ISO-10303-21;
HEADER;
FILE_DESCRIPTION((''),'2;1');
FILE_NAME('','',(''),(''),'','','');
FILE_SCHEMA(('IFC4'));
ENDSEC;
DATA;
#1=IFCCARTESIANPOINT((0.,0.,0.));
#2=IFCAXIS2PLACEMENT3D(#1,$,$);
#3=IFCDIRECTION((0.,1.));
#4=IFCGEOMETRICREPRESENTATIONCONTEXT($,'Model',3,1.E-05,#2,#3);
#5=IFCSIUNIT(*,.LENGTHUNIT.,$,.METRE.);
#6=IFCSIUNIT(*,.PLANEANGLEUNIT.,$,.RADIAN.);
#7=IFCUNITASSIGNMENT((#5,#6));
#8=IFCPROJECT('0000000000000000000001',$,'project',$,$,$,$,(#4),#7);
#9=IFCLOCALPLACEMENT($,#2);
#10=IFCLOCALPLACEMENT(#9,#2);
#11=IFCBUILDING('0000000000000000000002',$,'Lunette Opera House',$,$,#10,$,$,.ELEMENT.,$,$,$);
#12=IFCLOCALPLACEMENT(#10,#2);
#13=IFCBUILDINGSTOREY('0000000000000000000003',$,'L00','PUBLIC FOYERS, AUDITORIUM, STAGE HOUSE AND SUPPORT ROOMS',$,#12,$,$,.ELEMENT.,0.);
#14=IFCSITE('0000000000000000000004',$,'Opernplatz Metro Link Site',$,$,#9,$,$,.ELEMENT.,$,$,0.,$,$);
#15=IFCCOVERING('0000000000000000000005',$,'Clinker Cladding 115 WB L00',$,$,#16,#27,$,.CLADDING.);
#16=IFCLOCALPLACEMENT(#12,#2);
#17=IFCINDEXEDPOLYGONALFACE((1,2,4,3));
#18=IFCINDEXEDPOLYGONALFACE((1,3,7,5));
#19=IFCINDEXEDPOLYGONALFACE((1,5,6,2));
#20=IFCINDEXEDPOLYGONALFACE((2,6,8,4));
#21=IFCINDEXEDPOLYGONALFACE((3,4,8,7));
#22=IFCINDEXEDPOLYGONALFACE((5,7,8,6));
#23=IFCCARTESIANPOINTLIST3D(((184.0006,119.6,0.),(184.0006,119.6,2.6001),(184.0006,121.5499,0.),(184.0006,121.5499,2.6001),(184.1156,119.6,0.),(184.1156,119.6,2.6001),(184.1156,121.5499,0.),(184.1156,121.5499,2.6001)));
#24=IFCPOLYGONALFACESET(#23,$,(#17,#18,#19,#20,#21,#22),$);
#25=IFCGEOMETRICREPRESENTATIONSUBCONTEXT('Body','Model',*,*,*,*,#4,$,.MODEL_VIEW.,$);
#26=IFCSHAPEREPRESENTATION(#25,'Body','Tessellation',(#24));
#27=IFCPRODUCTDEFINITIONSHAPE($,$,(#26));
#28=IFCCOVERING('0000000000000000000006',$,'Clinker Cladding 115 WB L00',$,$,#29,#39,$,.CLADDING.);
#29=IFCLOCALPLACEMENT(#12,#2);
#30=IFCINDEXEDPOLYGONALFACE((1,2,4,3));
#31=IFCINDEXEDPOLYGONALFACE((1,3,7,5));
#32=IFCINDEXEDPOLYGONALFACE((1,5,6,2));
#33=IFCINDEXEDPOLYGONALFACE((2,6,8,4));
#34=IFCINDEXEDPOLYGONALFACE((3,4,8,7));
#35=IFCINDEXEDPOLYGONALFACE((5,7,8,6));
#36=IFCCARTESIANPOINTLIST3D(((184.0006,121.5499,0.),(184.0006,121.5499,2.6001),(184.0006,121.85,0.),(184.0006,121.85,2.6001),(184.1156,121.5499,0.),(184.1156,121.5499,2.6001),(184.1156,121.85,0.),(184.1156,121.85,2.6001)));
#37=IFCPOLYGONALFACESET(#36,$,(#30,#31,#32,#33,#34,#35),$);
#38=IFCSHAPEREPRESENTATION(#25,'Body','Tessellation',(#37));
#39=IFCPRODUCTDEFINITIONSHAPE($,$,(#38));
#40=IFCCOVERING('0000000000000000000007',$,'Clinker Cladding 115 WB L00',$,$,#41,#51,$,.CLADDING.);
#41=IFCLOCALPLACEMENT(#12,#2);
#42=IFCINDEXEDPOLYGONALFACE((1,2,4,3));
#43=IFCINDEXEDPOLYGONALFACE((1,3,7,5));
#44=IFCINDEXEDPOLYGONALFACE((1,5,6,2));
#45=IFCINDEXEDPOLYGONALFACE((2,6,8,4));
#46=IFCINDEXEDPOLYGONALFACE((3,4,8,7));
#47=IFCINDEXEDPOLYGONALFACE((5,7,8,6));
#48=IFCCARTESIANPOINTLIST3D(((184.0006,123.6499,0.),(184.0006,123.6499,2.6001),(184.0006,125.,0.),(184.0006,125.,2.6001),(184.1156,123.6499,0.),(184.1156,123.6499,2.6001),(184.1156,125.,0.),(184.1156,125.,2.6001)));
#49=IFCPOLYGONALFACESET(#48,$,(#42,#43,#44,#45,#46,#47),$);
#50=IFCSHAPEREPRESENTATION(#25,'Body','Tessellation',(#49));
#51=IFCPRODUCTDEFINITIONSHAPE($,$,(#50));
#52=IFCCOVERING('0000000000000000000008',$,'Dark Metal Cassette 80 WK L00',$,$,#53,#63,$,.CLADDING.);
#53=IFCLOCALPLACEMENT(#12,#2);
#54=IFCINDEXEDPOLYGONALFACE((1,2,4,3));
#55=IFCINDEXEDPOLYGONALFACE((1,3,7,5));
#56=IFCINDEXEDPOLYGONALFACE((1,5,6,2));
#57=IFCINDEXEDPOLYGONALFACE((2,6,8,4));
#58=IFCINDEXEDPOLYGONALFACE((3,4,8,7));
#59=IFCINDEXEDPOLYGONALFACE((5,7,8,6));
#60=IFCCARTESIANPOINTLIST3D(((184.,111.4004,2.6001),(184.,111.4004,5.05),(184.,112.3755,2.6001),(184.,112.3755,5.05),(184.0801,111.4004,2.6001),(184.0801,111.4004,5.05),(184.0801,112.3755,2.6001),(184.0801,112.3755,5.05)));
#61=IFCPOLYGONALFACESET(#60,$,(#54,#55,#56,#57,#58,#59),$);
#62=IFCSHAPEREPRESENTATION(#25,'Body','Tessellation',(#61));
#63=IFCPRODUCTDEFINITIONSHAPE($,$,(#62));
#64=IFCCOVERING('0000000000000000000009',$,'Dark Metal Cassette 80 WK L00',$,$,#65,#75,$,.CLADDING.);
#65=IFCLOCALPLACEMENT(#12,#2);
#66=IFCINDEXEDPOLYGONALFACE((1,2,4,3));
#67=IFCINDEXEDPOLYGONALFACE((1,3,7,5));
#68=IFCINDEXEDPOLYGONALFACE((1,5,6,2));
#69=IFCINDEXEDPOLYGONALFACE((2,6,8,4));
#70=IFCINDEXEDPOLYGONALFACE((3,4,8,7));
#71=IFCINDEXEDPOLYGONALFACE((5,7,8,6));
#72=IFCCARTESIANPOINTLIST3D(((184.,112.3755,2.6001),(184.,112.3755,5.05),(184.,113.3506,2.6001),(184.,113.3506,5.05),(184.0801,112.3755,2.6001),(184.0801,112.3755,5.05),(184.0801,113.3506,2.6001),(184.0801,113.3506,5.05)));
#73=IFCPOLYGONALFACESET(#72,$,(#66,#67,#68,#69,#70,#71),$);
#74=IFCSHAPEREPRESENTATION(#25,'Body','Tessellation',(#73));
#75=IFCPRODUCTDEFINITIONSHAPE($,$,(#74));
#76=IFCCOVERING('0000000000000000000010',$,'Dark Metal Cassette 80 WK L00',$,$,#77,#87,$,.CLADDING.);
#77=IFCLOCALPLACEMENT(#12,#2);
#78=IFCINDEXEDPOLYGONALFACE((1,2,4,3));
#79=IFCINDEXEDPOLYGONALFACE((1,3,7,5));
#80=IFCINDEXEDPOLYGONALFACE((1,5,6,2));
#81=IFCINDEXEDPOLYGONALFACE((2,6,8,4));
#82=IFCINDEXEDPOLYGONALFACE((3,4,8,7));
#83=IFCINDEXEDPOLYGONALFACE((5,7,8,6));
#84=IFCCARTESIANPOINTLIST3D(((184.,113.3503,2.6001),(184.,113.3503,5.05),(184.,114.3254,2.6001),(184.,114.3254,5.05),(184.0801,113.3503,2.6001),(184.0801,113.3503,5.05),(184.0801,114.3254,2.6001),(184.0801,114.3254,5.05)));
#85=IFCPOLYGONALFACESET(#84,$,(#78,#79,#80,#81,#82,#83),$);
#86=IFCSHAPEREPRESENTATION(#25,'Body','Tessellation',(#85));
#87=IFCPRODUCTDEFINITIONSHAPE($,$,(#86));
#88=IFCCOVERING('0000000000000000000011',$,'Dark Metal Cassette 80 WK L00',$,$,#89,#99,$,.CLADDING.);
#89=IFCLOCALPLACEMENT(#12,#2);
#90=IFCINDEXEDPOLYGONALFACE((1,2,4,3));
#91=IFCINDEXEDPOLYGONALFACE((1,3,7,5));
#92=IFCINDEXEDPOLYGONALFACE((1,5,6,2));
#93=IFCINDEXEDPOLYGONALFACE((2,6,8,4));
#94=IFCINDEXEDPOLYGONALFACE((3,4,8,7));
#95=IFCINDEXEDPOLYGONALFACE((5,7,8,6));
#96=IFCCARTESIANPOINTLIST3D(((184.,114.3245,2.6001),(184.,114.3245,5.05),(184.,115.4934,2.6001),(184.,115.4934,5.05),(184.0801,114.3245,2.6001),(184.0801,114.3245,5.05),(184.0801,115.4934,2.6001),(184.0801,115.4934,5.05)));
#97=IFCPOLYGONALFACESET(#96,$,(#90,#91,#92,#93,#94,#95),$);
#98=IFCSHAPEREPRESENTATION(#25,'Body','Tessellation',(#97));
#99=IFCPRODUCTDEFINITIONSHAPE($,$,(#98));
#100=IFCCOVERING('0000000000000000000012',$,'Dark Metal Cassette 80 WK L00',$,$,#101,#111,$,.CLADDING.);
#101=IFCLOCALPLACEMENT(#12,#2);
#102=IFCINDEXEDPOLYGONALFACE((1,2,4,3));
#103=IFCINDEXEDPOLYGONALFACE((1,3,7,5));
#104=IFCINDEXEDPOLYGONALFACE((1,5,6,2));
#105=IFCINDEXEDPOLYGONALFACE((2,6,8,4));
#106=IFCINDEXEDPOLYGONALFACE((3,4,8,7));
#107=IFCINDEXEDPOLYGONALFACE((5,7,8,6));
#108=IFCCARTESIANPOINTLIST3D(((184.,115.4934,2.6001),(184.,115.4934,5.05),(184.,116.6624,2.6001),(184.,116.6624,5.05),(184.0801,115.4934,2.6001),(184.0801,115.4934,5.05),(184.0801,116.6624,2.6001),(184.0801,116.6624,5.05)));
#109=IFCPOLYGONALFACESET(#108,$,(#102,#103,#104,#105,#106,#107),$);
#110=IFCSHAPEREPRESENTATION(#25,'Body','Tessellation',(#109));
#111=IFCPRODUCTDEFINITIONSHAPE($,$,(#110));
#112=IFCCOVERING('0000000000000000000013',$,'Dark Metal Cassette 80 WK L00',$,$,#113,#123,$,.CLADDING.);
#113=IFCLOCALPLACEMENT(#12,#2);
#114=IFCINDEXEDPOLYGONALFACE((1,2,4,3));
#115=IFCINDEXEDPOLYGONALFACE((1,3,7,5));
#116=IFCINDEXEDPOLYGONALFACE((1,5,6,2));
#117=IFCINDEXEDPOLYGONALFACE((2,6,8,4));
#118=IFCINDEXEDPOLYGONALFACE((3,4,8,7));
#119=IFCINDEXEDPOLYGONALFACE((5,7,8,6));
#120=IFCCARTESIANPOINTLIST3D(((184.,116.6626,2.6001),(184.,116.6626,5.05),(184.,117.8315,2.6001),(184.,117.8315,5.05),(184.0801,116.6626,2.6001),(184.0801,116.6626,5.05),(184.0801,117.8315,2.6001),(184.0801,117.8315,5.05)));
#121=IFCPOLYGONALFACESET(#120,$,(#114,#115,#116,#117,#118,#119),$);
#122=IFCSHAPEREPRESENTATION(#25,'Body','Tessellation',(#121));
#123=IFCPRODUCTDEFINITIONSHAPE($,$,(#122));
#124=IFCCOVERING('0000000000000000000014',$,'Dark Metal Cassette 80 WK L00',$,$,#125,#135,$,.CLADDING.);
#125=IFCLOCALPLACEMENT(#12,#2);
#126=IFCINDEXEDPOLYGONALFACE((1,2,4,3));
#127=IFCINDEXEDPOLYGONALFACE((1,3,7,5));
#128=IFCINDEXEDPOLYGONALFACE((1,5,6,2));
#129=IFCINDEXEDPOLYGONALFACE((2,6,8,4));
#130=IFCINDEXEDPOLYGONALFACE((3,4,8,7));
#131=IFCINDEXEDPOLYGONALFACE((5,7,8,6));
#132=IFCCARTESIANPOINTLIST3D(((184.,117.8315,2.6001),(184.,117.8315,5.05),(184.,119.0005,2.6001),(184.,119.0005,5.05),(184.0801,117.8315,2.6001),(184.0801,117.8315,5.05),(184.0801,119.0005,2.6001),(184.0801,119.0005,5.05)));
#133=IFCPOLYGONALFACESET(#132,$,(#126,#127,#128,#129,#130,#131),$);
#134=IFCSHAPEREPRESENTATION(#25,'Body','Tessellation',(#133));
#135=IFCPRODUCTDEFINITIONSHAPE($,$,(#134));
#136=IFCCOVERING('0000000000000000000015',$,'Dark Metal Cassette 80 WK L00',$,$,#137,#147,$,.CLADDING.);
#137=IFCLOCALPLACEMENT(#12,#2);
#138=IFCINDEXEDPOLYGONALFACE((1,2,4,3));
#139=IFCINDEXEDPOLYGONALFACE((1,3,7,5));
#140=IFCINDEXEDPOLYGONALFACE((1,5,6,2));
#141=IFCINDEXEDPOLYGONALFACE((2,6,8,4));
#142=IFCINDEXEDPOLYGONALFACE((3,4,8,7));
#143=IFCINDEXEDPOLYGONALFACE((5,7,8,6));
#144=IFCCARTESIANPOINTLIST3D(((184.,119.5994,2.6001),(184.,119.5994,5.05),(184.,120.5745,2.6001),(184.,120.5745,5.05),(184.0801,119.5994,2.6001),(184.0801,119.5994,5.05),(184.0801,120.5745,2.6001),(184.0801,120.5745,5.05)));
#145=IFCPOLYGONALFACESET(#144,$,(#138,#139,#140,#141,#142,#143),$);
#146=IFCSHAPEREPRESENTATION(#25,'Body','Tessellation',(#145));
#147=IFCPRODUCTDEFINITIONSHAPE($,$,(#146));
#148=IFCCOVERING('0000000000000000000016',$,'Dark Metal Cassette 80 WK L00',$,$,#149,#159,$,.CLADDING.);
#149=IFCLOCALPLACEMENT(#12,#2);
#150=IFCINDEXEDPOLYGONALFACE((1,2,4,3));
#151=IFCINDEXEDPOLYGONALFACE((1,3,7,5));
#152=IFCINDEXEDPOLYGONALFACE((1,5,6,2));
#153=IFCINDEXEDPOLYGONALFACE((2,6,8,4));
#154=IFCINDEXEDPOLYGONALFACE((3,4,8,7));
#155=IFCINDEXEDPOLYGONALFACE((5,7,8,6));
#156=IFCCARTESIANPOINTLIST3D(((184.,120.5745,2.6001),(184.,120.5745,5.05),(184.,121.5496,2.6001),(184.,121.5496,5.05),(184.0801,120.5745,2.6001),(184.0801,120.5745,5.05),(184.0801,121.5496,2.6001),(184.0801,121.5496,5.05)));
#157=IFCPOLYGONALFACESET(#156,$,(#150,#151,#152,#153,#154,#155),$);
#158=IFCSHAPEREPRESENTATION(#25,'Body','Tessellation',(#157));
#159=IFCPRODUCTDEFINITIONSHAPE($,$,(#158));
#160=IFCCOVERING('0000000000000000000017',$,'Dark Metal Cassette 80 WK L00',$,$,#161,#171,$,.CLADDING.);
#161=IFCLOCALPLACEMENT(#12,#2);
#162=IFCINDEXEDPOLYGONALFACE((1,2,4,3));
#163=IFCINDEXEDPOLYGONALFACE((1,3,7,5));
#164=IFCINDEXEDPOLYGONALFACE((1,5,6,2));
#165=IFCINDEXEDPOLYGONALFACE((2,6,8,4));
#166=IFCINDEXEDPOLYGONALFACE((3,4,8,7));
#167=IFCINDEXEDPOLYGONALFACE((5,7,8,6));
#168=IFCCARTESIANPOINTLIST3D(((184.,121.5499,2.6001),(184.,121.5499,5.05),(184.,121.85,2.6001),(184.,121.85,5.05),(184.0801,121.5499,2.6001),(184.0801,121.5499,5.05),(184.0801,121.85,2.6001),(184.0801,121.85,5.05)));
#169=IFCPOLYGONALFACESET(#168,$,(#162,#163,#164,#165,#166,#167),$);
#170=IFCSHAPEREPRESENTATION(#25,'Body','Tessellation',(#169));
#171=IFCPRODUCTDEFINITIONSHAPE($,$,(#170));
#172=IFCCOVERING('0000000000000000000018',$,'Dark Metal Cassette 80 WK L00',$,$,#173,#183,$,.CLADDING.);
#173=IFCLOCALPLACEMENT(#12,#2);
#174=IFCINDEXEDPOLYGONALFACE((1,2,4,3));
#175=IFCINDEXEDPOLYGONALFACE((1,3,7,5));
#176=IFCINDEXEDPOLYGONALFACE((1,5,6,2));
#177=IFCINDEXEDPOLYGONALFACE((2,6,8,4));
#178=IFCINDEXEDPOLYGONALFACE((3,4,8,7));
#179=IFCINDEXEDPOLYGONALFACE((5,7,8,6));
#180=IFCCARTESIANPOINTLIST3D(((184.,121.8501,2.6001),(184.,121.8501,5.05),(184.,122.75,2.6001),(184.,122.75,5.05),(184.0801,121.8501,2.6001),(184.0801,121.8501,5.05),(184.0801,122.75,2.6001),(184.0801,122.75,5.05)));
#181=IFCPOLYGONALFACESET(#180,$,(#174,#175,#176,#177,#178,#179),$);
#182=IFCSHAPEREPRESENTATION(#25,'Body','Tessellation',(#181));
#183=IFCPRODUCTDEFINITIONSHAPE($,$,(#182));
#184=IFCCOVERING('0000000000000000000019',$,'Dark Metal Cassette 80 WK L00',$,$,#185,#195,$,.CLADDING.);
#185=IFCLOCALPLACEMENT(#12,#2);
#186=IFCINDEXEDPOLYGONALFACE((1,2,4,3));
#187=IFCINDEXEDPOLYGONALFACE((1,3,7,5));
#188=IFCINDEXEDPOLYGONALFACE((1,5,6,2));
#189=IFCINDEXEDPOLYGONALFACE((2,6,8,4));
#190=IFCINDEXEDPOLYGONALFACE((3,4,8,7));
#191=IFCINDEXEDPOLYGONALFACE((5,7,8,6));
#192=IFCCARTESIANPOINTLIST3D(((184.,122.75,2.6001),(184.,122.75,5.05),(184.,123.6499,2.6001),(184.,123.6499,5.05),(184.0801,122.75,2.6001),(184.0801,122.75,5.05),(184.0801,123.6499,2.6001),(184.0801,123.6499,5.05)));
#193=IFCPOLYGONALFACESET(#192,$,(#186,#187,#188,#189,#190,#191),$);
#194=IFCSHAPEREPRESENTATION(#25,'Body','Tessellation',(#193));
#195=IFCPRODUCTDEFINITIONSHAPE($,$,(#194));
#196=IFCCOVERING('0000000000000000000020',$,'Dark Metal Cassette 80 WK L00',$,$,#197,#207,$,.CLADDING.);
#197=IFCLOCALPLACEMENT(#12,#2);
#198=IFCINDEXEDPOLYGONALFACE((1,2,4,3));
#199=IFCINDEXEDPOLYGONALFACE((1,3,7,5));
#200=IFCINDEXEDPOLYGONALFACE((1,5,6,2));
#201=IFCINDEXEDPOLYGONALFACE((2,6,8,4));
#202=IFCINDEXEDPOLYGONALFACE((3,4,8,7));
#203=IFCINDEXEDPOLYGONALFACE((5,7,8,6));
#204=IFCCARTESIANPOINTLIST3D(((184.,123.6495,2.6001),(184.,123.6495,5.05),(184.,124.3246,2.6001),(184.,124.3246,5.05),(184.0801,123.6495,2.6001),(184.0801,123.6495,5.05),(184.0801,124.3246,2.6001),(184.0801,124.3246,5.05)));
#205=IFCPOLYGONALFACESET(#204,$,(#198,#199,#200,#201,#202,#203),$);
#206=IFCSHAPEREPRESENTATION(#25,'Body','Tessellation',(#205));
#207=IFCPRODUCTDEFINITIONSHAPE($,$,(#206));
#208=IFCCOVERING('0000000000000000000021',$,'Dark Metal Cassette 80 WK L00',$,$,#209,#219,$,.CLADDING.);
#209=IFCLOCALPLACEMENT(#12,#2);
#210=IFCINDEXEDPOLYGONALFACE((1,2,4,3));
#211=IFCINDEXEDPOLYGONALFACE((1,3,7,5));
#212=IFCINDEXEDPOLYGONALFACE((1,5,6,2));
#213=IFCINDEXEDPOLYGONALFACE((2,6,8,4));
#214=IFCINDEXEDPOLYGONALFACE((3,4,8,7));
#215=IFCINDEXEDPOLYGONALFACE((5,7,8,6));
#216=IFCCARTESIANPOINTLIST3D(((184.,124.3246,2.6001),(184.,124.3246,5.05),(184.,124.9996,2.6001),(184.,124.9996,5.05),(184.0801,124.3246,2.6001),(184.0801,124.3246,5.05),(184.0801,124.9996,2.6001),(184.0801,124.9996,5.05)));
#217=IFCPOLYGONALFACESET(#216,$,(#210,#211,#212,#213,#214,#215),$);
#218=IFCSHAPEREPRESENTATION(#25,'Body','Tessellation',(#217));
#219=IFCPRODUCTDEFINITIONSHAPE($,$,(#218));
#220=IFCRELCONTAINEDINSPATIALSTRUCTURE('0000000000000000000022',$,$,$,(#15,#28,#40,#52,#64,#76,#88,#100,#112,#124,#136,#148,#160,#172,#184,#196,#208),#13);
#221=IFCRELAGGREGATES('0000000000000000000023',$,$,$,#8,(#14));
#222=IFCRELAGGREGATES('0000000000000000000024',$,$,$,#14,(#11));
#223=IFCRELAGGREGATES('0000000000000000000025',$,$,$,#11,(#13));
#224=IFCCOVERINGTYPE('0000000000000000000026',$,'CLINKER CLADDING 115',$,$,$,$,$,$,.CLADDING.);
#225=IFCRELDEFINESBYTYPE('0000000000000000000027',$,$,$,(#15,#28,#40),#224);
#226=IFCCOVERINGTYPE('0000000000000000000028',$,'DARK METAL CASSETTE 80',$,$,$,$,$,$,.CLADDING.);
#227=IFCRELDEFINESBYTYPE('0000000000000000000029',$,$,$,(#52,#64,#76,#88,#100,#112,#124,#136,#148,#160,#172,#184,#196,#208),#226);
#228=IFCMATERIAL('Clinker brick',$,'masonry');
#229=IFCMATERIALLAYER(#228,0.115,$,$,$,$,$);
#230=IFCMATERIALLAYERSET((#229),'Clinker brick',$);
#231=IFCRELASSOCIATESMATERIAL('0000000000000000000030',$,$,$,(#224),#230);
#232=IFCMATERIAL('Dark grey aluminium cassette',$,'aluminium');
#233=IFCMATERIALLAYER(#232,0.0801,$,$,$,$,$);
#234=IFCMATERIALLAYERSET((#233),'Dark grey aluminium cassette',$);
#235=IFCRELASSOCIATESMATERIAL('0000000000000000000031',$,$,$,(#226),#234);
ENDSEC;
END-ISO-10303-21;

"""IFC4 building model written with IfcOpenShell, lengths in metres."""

from ifc_helpers import new_model, si_unit, direction, frame, origin, origin_2d, place, context, subcontext, project, spatial, rectangle, extrude, material, layer, layer_set, type_object, element, save


model = new_model("IFC4")

# Units and contexts
model_context = context("Model", 3, precision=1e-05, world=origin(), true_north=direction((0.0, 1.0)))
body_context = subcontext(model_context, "Body", "Model", "MODEL_VIEW")
ifc_project = project(units=[si_unit("LENGTHUNIT", "METRE"), si_unit("PLANEANGLEUNIT", "RADIAN")], contexts=[model_context])

# Site, building, storey
site_placement = place(None, origin())
site = spatial("IfcSite", under=ifc_project, at=site_placement, Name="Opernplatz Metro Link Site", CompositionType="ELEMENT", RefElevation=0.0)
building_placement = place(site_placement, origin())
building = spatial("IfcBuilding", under=site, at=building_placement, Name="Lunette Opera House", CompositionType="ELEMENT")
storey_placement = place(building_placement, origin())
storey = spatial("IfcBuildingStorey", under=building, at=storey_placement, Name="L00", Description="PUBLIC FOYERS, AUDITORIUM, STAGE HOUSE AND SUPPORT ROOMS", CompositionType="ELEMENT", Elevation=0.0)

# Coverings
ifc_material_1 = material(Name="Clinker brick", Category="masonry")
ifc_layer_1 = layer(ifc_material_1, 0.115)
ifc_layer_set_1 = layer_set([ifc_layer_1], Name="Clinker brick")
covering_type_1 = type_object("IfcCoveringType", Name="CLINKER CLADDING 115", PredefinedType="CLADDING", material=ifc_layer_set_1)
covering_1_placement = place(storey_placement, frame((184.0581, 120.575, 0.0), z_axis=(0.0, 0.0, 1.0), x_axis=(0.0, 1.0, 0.0)))
element("IfcCovering", 1, at=covering_1_placement, inside=storey, type_object=covering_type_1, Name="Clinker Cladding 115 WB L00", PredefinedType="CLADDING", context=body_context, shape_type="SweptSolid", body=[
    extrude(rectangle(XDim=1.95, YDim=0.115, at=origin_2d()), origin(), (0.0, 0.0, 1.0), 2.6001),
])
covering_2_placement = place(storey_placement, frame((184.0581, 121.7, 0.0), z_axis=(0.0, 0.0, 1.0), x_axis=(0.0, 1.0, 0.0)))
element("IfcCovering", 2, at=covering_2_placement, inside=storey, type_object=covering_type_1, Name="Clinker Cladding 115 WB L00", PredefinedType="CLADDING", context=body_context, shape_type="SweptSolid", body=[
    extrude(rectangle(XDim=0.3, YDim=0.115, at=origin_2d()), origin(), (0.0, 0.0, 1.0), 2.6001),
])
covering_3_placement = place(storey_placement, frame((184.0581, 124.325, 0.0), z_axis=(0.0, 0.0, 1.0), x_axis=(0.0, 1.0, 0.0)))
element("IfcCovering", 3, at=covering_3_placement, inside=storey, type_object=covering_type_1, Name="Clinker Cladding 115 WB L00", PredefinedType="CLADDING", context=body_context, shape_type="SweptSolid", body=[
    extrude(rectangle(XDim=1.3501, YDim=0.115, at=origin_2d()), origin(), (0.0, 0.0, 1.0), 2.6001),
])
ifc_material_2 = material(Name="Dark grey aluminium cassette", Category="aluminium")
ifc_layer_2 = layer(ifc_material_2, 0.0801)
ifc_layer_set_2 = layer_set([ifc_layer_2], Name="Dark grey aluminium cassette")
covering_type_2 = type_object("IfcCoveringType", Name="DARK METAL CASSETTE 80", PredefinedType="CLADDING", material=ifc_layer_set_2)
for number, where, z_axis, x_axis, name in (
    (4, (184.04, 111.8879, 2.6001), (0.0, 0.0, 1.0), (0.0, 1.0, 0.0), "Dark Metal Cassette 80 WK L00"),
    (5, (184.04, 112.863, 2.6001), (0.0, 0.0, 1.0), (0.0, 1.0, 0.0), "Dark Metal Cassette 80 WK L00"),
    (6, (184.04, 113.8379, 2.6001), (0.0, 0.0, 1.0), (0.0, 1.0, 0.0), "Dark Metal Cassette 80 WK L00"),
):
    element("IfcCovering", number, at=place(storey_placement, frame(where, z_axis=z_axis, x_axis=x_axis)), inside=storey, type_object=covering_type_2, Name=name, PredefinedType="CLADDING", context=body_context, shape_type="SweptSolid", body=[
        extrude(rectangle(XDim=0.9751, YDim=0.0801, at=origin_2d()), origin(), (0.0, 0.0, 1.0), 2.45),
    ])
for number, where, z_axis, x_axis, name in (
    (7, (184.04, 114.9089, 2.6001), (0.0, 0.0, 1.0), (0.0, 1.0, 0.0), "Dark Metal Cassette 80 WK L00"),
    (8, (184.04, 116.0779, 2.6001), (0.0, 0.0, 1.0), (0.0, 1.0, 0.0), "Dark Metal Cassette 80 WK L00"),
    (9, (184.04, 117.2471, 2.6001), (0.0, 0.0, 1.0), (0.0, 1.0, 0.0), "Dark Metal Cassette 80 WK L00"),
    (10, (184.04, 118.416, 2.6001), (0.0, 0.0, 1.0), (0.0, 1.0, 0.0), "Dark Metal Cassette 80 WK L00"),
):
    element("IfcCovering", number, at=place(storey_placement, frame(where, z_axis=z_axis, x_axis=x_axis)), inside=storey, type_object=covering_type_2, Name=name, PredefinedType="CLADDING", context=body_context, shape_type="SweptSolid", body=[
        extrude(rectangle(XDim=1.1689, YDim=0.0801, at=origin_2d()), origin(), (0.0, 0.0, 1.0), 2.45),
    ])
for number, where, z_axis, x_axis, name in (
    (11, (184.04, 120.0869, 2.6001), (0.0, 0.0, 1.0), (0.0, 1.0, 0.0), "Dark Metal Cassette 80 WK L00"),
    (12, (184.04, 121.062, 2.6001), (0.0, 0.0, 1.0), (0.0, 1.0, 0.0), "Dark Metal Cassette 80 WK L00"),
):
    element("IfcCovering", number, at=place(storey_placement, frame(where, z_axis=z_axis, x_axis=x_axis)), inside=storey, type_object=covering_type_2, Name=name, PredefinedType="CLADDING", context=body_context, shape_type="SweptSolid", body=[
        extrude(rectangle(XDim=0.9751, YDim=0.0801, at=origin_2d()), origin(), (0.0, 0.0, 1.0), 2.45),
    ])
covering_4_placement = place(storey_placement, frame((184.04, 121.7, 2.6001), z_axis=(0.0, 0.0, 1.0), x_axis=(0.0, 1.0, 0.0)))
element("IfcCovering", 13, at=covering_4_placement, inside=storey, type_object=covering_type_2, Name="Dark Metal Cassette 80 WK L00", PredefinedType="CLADDING", context=body_context, shape_type="SweptSolid", body=[
    extrude(rectangle(XDim=0.3, YDim=0.0801, at=origin_2d()), origin(), (0.0, 0.0, 1.0), 2.45),
])
for number, where, z_axis, x_axis, name in (
    (14, (184.04, 122.3, 2.6001), (0.0, 0.0, 1.0), (0.0, 1.0, 0.0), "Dark Metal Cassette 80 WK L00"),
    (15, (184.04, 123.2, 2.6001), (0.0, 0.0, 1.0), (0.0, 1.0, 0.0), "Dark Metal Cassette 80 WK L00"),
):
    element("IfcCovering", number, at=place(storey_placement, frame(where, z_axis=z_axis, x_axis=x_axis)), inside=storey, type_object=covering_type_2, Name=name, PredefinedType="CLADDING", context=body_context, shape_type="SweptSolid", body=[
        extrude(rectangle(XDim=0.8999, YDim=0.0801, at=origin_2d()), origin(), (0.0, 0.0, 1.0), 2.45),
    ])
for number, where, z_axis, x_axis, name in (
    (16, (184.04, 123.9871, 2.6001), (0.0, 0.0, 1.0), (0.0, 1.0, 0.0), "Dark Metal Cassette 80 WK L00"),
    (17, (184.04, 124.6621, 2.6001), (0.0, 0.0, 1.0), (0.0, 1.0, 0.0), "Dark Metal Cassette 80 WK L00"),
):
    element("IfcCovering", number, at=place(storey_placement, frame(where, z_axis=z_axis, x_axis=x_axis)), inside=storey, type_object=covering_type_2, Name=name, PredefinedType="CLADDING", context=body_context, shape_type="SweptSolid", body=[
        extrude(rectangle(XDim=0.675, YDim=0.0801, at=origin_2d()), origin(), (0.0, 0.0, 1.0), 2.45),
    ])

save(model, "model.ifc")
